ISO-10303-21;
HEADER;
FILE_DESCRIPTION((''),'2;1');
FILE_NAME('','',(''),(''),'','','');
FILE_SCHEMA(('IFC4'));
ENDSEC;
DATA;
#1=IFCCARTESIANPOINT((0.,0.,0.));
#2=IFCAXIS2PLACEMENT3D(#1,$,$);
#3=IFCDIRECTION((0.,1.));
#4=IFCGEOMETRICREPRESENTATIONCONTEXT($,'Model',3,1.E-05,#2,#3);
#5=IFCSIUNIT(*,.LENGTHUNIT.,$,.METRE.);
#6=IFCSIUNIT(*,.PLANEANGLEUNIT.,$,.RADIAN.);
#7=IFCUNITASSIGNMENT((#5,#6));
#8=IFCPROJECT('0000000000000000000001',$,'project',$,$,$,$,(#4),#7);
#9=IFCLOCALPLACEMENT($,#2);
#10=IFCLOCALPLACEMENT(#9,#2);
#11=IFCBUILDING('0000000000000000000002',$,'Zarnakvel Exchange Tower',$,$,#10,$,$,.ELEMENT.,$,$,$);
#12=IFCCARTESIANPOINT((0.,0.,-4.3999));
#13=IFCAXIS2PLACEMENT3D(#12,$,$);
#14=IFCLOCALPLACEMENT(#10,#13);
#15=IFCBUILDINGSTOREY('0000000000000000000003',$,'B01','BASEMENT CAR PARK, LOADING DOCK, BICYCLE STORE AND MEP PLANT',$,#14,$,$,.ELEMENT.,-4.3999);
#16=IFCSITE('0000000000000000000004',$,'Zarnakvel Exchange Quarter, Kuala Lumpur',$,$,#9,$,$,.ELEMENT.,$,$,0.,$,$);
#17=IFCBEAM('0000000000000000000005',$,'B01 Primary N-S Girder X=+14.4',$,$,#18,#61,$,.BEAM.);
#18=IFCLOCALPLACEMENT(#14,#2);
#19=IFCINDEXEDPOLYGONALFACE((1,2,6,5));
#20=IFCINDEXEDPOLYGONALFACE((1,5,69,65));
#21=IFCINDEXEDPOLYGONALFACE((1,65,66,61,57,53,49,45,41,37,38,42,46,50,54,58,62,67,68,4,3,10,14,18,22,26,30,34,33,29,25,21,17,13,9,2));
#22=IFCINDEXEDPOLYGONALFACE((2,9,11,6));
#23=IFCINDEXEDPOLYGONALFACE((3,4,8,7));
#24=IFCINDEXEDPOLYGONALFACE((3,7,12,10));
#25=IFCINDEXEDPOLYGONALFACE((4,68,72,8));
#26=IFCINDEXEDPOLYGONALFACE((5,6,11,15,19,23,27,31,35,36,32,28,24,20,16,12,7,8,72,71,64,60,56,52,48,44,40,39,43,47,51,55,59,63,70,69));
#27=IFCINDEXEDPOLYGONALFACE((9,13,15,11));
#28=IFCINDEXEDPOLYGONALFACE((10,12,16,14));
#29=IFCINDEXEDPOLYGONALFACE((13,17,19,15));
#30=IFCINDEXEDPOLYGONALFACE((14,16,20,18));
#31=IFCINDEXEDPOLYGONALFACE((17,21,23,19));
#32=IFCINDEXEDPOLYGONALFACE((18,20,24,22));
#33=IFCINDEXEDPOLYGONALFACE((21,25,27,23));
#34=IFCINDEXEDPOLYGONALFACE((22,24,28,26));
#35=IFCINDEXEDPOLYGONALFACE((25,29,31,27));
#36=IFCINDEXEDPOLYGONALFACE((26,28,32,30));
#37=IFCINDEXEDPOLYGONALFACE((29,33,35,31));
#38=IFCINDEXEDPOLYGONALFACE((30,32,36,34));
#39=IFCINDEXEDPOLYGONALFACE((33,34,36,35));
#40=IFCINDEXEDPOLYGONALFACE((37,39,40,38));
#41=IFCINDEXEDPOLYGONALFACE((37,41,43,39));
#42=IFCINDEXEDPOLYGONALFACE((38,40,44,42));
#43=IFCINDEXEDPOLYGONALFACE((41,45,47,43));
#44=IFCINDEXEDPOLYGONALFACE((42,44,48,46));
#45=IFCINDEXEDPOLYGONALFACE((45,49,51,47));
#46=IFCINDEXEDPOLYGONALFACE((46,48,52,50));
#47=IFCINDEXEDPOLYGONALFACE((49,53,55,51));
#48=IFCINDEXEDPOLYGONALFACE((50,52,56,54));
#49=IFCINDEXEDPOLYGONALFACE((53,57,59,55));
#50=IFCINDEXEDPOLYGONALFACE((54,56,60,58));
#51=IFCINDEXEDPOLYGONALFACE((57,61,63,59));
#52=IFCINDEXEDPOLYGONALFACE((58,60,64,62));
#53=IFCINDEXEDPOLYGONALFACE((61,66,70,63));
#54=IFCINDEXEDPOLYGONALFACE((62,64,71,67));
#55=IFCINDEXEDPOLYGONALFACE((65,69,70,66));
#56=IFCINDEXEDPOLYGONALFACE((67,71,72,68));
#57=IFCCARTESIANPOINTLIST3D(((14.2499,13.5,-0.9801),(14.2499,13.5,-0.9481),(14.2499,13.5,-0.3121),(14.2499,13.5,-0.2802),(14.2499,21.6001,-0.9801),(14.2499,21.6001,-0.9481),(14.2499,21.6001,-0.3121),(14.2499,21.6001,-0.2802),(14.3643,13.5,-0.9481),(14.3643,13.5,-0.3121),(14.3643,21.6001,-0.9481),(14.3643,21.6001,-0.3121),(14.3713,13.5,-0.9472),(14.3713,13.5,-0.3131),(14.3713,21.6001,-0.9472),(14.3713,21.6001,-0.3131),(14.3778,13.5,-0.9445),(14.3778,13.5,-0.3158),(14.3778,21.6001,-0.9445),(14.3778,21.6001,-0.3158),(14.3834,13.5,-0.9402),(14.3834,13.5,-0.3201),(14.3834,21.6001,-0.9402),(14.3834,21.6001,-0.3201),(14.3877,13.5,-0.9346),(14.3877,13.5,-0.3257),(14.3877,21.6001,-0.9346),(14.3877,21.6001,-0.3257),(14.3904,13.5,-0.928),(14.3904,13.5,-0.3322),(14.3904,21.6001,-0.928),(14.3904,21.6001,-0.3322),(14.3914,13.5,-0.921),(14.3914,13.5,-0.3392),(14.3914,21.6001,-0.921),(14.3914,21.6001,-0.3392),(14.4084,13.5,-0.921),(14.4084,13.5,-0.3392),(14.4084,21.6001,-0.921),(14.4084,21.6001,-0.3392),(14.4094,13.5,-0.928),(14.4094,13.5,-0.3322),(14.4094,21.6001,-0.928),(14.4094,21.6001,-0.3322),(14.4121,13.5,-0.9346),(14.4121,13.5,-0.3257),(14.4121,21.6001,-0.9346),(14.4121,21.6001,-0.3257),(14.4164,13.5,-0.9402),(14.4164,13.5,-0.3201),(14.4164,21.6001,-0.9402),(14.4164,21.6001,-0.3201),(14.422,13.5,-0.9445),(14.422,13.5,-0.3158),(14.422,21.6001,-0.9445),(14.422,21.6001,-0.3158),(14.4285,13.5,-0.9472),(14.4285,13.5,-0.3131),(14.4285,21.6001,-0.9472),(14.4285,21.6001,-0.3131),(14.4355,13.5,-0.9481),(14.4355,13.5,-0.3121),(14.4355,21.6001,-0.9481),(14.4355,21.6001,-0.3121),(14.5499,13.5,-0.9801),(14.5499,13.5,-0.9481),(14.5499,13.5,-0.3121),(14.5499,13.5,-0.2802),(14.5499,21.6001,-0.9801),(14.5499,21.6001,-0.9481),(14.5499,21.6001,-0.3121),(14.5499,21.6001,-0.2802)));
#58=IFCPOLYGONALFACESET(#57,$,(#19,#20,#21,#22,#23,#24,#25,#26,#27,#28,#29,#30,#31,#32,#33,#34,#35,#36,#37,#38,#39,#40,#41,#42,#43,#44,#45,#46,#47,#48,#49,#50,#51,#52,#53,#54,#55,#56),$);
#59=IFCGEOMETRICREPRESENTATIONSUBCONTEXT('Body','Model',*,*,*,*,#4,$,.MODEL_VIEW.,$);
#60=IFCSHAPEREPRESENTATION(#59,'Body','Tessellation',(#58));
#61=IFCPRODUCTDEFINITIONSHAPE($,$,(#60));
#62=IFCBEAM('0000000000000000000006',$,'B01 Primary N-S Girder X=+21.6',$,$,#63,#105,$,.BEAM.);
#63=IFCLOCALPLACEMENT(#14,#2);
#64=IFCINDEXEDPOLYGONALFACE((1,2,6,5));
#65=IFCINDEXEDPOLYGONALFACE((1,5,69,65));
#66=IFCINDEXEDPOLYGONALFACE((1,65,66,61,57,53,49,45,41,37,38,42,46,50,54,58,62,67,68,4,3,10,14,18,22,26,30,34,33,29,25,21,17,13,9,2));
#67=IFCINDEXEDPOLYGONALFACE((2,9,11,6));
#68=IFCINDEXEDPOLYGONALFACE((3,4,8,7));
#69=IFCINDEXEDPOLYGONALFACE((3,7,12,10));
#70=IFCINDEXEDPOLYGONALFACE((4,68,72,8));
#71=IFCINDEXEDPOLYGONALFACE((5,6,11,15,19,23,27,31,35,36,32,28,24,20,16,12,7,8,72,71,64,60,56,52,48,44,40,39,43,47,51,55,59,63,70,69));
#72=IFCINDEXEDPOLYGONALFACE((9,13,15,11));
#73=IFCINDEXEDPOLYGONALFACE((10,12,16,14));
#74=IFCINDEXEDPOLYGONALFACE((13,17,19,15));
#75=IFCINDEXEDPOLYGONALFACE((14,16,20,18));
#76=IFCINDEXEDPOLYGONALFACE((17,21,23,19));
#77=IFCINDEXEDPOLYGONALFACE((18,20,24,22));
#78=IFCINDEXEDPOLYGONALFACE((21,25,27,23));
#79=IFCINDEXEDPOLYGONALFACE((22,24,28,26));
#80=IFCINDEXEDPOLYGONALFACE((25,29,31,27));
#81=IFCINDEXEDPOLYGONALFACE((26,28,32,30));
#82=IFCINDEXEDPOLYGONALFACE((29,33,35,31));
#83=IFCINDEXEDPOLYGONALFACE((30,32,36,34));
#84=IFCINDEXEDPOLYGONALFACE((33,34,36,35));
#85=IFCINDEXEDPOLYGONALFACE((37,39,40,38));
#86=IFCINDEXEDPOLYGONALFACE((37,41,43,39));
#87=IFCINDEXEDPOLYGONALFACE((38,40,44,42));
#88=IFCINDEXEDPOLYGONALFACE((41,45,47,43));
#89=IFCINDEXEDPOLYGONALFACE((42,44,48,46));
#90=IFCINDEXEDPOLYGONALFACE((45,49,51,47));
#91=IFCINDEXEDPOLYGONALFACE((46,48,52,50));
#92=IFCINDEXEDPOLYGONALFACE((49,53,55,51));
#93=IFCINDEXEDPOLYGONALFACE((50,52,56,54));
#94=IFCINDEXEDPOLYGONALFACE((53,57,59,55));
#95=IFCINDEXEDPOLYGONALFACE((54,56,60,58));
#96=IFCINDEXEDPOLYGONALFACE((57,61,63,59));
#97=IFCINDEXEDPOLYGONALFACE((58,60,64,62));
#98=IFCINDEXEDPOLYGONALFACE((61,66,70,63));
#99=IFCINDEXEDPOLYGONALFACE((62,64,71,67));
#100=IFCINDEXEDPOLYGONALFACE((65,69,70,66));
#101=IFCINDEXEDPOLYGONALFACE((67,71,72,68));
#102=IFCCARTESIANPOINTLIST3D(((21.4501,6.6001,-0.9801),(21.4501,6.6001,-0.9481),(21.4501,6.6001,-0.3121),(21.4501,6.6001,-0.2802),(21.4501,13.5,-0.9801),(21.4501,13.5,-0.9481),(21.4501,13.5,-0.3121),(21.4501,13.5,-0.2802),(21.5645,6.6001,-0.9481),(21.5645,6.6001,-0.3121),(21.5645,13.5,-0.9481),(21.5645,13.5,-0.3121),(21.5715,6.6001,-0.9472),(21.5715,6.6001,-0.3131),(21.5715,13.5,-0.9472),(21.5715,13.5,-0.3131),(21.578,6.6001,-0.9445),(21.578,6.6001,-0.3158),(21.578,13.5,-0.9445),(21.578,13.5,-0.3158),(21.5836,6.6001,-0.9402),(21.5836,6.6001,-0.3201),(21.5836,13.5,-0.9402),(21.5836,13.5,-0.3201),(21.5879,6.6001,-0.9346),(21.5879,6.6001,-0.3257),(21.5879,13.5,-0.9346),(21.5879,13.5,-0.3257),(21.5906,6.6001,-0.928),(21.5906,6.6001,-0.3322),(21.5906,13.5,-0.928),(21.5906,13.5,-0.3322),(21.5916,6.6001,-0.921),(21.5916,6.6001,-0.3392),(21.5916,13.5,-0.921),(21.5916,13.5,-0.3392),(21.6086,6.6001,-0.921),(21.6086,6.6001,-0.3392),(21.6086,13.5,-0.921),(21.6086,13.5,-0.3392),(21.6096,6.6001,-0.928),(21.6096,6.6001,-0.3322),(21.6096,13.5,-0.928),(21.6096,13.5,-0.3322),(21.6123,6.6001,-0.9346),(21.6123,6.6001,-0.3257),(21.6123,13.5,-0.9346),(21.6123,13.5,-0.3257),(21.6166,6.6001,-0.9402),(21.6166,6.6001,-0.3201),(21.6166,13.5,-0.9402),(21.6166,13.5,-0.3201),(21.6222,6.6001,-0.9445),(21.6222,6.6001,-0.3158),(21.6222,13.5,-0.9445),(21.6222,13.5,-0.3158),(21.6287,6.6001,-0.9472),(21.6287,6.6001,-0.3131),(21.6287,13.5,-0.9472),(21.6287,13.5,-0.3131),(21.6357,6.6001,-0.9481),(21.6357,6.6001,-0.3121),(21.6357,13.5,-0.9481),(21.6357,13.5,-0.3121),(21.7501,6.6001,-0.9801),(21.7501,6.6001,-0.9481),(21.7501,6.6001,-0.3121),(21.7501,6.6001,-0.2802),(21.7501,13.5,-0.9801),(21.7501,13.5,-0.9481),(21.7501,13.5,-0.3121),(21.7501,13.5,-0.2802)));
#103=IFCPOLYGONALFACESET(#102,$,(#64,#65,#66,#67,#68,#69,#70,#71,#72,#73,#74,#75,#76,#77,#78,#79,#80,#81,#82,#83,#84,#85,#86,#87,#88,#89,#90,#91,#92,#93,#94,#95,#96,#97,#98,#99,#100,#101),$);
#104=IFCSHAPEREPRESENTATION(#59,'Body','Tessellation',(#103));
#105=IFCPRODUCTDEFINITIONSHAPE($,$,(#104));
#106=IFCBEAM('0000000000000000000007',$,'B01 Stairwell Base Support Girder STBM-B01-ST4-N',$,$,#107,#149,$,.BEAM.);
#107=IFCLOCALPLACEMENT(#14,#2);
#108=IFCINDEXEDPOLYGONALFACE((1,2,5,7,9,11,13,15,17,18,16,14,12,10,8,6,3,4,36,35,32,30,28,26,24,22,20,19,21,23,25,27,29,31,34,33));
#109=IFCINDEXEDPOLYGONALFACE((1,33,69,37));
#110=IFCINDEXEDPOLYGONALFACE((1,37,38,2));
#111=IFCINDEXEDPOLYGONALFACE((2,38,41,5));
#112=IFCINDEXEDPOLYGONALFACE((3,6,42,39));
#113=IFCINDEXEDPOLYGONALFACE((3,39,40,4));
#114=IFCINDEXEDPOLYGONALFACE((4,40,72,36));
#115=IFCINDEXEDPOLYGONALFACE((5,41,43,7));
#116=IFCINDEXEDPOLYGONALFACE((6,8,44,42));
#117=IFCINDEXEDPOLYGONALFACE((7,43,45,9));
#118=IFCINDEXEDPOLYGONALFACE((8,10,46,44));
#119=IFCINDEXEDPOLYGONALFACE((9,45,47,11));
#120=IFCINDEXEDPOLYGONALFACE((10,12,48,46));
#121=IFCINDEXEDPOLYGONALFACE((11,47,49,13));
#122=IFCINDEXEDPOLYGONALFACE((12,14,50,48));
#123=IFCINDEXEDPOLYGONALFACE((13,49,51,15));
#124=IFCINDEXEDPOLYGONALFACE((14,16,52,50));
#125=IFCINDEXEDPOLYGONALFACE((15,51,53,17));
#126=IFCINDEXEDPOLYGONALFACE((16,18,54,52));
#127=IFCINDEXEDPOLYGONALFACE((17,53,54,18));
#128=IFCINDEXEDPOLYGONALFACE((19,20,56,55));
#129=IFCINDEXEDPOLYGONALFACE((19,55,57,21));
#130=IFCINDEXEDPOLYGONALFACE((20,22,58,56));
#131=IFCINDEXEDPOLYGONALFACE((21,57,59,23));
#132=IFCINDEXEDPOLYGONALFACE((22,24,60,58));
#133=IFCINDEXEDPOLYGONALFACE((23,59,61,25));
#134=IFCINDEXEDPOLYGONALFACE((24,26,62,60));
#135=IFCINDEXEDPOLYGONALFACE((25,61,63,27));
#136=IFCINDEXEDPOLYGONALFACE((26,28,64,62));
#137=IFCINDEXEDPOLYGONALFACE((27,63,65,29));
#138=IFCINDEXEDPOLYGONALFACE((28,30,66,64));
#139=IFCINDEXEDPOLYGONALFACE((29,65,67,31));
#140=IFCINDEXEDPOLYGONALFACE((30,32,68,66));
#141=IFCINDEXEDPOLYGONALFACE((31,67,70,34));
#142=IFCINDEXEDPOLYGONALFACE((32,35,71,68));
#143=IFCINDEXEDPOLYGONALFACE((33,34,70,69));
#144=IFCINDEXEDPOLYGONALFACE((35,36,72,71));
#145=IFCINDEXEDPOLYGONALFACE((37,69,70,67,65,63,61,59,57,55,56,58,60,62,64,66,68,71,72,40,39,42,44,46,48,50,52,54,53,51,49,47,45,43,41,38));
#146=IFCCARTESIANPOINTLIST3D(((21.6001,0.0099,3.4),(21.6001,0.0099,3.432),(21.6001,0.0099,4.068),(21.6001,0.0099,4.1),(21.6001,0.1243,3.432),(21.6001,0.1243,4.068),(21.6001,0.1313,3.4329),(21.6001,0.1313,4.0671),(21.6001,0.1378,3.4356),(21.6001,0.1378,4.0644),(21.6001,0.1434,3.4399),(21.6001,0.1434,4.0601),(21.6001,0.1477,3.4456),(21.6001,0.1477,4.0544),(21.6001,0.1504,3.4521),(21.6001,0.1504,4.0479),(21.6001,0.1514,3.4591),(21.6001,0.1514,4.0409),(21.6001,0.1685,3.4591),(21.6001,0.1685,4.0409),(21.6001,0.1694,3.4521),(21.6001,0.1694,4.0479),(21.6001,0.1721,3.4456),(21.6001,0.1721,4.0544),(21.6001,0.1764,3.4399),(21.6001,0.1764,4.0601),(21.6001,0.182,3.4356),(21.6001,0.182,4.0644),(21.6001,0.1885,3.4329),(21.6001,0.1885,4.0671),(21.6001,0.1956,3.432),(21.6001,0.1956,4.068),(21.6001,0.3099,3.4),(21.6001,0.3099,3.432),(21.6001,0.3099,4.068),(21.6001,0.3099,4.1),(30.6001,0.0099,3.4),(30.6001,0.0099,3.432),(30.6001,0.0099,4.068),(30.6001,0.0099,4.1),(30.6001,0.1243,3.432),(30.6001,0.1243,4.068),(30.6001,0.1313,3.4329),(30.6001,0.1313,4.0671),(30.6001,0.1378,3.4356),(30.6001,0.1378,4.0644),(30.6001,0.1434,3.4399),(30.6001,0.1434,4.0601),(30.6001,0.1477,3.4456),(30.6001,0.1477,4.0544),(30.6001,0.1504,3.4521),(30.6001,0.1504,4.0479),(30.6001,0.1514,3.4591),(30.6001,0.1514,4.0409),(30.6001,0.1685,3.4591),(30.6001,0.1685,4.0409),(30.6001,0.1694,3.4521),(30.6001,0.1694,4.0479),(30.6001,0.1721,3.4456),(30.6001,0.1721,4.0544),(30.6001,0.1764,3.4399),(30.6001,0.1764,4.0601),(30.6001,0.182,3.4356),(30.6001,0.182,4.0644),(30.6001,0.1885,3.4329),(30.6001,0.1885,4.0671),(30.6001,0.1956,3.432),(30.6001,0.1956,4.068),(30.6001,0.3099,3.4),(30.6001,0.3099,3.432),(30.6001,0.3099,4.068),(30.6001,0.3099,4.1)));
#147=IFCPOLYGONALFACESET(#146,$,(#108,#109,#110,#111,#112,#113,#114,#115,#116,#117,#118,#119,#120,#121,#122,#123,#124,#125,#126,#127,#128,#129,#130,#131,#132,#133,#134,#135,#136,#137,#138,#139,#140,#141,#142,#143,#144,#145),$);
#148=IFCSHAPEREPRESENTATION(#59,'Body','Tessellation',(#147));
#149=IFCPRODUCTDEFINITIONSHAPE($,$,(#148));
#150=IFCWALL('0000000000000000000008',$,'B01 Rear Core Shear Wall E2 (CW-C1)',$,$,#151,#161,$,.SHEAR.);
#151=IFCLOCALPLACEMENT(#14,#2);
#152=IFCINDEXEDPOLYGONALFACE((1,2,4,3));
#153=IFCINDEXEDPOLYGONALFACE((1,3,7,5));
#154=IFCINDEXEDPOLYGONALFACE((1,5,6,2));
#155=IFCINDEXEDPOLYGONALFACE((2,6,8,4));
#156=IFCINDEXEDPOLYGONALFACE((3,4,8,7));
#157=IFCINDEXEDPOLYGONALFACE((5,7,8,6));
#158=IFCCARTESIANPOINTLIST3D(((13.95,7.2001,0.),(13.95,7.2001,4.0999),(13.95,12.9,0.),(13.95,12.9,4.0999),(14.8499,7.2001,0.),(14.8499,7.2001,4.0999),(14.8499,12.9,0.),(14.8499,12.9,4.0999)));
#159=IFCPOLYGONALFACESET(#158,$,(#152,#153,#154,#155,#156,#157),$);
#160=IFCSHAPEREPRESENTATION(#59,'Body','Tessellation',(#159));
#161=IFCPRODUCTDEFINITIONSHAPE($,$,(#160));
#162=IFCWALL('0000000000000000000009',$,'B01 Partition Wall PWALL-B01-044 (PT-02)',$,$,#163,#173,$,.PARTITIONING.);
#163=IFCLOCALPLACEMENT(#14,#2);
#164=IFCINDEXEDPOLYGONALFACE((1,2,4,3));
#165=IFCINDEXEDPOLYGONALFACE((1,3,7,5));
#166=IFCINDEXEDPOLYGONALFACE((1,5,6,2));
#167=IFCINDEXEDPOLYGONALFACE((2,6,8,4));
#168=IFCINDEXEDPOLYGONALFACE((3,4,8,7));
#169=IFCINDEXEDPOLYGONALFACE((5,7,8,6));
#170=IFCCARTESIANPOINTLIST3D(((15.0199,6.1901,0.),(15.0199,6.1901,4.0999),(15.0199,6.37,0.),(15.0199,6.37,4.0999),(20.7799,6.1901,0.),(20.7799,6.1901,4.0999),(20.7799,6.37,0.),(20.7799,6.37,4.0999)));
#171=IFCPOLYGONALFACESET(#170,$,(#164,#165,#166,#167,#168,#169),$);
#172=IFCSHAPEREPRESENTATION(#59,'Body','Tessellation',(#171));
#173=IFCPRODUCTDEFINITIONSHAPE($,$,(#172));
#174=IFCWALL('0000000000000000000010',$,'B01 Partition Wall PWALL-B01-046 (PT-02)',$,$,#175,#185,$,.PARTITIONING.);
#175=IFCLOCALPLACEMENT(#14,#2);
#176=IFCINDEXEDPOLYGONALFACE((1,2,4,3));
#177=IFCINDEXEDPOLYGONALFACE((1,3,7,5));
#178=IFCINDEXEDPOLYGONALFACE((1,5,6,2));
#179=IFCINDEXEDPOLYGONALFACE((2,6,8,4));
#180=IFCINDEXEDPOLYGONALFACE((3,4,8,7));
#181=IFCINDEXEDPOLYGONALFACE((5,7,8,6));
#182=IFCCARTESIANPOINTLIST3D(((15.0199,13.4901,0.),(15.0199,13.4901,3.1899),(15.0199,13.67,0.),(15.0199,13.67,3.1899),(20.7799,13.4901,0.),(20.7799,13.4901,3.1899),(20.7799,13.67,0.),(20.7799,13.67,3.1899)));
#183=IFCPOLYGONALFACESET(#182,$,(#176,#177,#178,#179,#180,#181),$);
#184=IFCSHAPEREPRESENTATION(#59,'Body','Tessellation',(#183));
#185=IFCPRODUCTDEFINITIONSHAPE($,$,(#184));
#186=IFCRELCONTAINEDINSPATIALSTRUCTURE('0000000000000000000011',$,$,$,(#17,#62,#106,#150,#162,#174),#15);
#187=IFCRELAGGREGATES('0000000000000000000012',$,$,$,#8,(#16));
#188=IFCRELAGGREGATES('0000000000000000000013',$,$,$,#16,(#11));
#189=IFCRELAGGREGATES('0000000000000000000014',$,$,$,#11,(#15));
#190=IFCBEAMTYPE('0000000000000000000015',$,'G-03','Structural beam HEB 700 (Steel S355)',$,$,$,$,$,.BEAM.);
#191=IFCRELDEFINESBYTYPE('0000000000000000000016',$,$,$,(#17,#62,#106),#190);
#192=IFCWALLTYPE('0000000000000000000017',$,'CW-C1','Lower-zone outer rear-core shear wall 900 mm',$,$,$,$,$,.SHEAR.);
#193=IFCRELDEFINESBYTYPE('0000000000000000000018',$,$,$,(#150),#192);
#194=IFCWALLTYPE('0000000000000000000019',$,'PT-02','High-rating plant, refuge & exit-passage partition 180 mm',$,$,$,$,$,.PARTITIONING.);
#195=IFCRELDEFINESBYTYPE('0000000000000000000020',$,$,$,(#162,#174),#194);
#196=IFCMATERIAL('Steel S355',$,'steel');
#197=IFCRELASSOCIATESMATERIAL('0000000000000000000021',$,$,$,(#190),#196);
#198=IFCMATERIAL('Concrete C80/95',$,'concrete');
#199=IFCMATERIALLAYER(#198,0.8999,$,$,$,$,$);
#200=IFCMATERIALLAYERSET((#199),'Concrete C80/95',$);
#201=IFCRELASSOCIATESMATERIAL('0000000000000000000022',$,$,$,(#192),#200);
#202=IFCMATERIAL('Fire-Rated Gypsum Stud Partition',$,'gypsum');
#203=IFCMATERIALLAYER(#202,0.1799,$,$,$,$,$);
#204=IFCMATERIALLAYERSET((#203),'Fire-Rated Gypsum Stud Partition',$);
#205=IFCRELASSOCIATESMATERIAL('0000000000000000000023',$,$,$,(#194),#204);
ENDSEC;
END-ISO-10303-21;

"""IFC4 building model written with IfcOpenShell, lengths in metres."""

from ifc_helpers import new_model, si_unit, direction, frame, frame_2d, origin, origin_2d, place, context, subcontext, project, spatial, rectangle, i_section, extrude, material, layer, layer_set, material_profile, profile_set, type_object, element, save


model = new_model("IFC4")

# Units and contexts
model_context = context("Model", 3, precision=1e-05, world=origin(), true_north=direction((0.0, 1.0)))
body_context = subcontext(model_context, "Body", "Model", "MODEL_VIEW")
ifc_project = project(units=[si_unit("LENGTHUNIT", "METRE"), si_unit("PLANEANGLEUNIT", "RADIAN")], contexts=[model_context])

# Site, building, storey
site_placement = place(None, origin())
site = spatial("IfcSite", under=ifc_project, at=site_placement, Name="Zarnakvel Exchange Quarter, Kuala Lumpur", CompositionType="ELEMENT", RefElevation=0.0)
building_placement = place(site_placement, origin())
building = spatial("IfcBuilding", under=site, at=building_placement, Name="Zarnakvel Exchange Tower", CompositionType="ELEMENT")
storey_placement = place(building_placement, frame((0.0, 0.0, -4.3999)))
storey = spatial("IfcBuildingStorey", under=building, at=storey_placement, Name="B01", Description="BASEMENT CAR PARK, LOADING DOCK, BICYCLE STORE AND MEP PLANT", CompositionType="ELEMENT", Elevation=-4.3999)

# Shared definitions
ifc_material_1 = material(Name="Concrete C80/95", Category="concrete")

# Beams
ifc_material_2 = material(Name="Steel S355", Category="steel")
ifc_material_profile_1 = material_profile(ifc_material_2, i_section(OverallWidth=0.3, OverallDepth=0.7, WebThickness=0.0171, FlangeThickness=0.032, FilletRadius=0.0271, at=origin_2d()))
ifc_profile_set_1 = profile_set([ifc_material_profile_1], Name="Steel S355")
beam_type_1 = type_object("IfcBeamType", Name="G-03", Description="Structural beam HEB 700 (Steel S355)", PredefinedType="BEAM", material=ifc_profile_set_1)
beam_1_placement = place(storey_placement, frame((14.3999, 13.5, -0.6301), z_axis=(0.0, 1.0, 0.0), x_axis=(-1.0, 0.0, 0.0)))
element("IfcBeam", 1, at=beam_1_placement, inside=storey, type_object=beam_type_1, Name="B01 Primary N-S Girder X=+14.4", PredefinedType="BEAM", context=body_context, shape_type="SweptSolid", body=[
    extrude(i_section(OverallWidth=0.3, OverallDepth=0.7, WebThickness=0.0171, FlangeThickness=0.032, FilletRadius=0.0271, at=origin_2d()), origin(), (0.0, 0.0, 1.0), 8.1001),
])
beam_2_placement = place(storey_placement, frame((21.6001, 6.6001, -0.6301), z_axis=(0.0, 1.0, 0.0), x_axis=(-1.0, 0.0, 0.0)))
element("IfcBeam", 2, at=beam_2_placement, inside=storey, type_object=beam_type_1, Name="B01 Primary N-S Girder X=+21.6", PredefinedType="BEAM", context=body_context, shape_type="SweptSolid", body=[
    extrude(i_section(OverallWidth=0.3, OverallDepth=0.7, WebThickness=0.0171, FlangeThickness=0.032, FilletRadius=0.0271, at=origin_2d()), origin(), (0.0, 0.0, 1.0), 6.8999),
])
beam_3_placement = place(storey_placement, frame((21.6001, 0.1599, 3.75), z_axis=(1.0, 0.0, 0.0), x_axis=(0.0, 1.0, 0.0)))
element("IfcBeam", 3, at=beam_3_placement, inside=storey, type_object=beam_type_1, Name="B01 Stairwell Base Support Girder STBM-B01-ST4-N", PredefinedType="BEAM", context=body_context, shape_type="SweptSolid", body=[
    extrude(i_section(OverallWidth=0.3, OverallDepth=0.7, WebThickness=0.0171, FlangeThickness=0.032, FilletRadius=0.0271, at=origin_2d()), origin(), (0.0, 0.0, 1.0), 9.0),
])

# Walls
ifc_layer_1 = layer(ifc_material_1, 0.8999)
ifc_layer_set_1 = layer_set([ifc_layer_1], Name="Concrete C80/95")
wall_type_1 = type_object("IfcWallType", Name="CW-C1", Description="Lower-zone outer rear-core shear wall 900 mm", PredefinedType="SHEAR", material=ifc_layer_set_1)
wall_1_placement = place(storey_placement, frame((14.3999, 7.2, 0.0), z_axis=(0.0, 0.0, 1.0), x_axis=(0.0, 1.0, 0.0)))
element("IfcWall", 4, at=wall_1_placement, inside=storey, type_object=wall_type_1, Name="B01 Rear Core Shear Wall E2 (CW-C1)", PredefinedType="SHEAR", context=body_context, shape_type="SweptSolid", body=[
    extrude(rectangle(XDim=5.7, YDim=0.8999, at=frame_2d((2.8501, 0.0))), origin(), (0.0, 0.0, 1.0), 4.0999),
])
ifc_material_3 = material(Name="Fire-Rated Gypsum Stud Partition", Category="gypsum")
ifc_layer_2 = layer(ifc_material_3, 0.1799)
ifc_layer_set_2 = layer_set([ifc_layer_2], Name="Fire-Rated Gypsum Stud Partition")
wall_type_2 = type_object("IfcWallType", Name="PT-02", Description="High-rating plant, refuge & exit-passage partition 180 mm", PredefinedType="PARTITIONING", material=ifc_layer_set_2)
wall_2_placement = place(storey_placement, frame((15.02, 6.28, 0.0), z_axis=(0.0, 0.0, 1.0), x_axis=(1.0, 0.0, 0.0)))
element("IfcWall", 5, at=wall_2_placement, inside=storey, type_object=wall_type_2, Name="B01 Partition Wall PWALL-B01-044 (PT-02)", PredefinedType="PARTITIONING", context=body_context, shape_type="SweptSolid", body=[
    extrude(rectangle(XDim=5.76, YDim=0.1799, at=frame_2d((2.8799, 0.0))), origin(), (0.0, 0.0, 1.0), 4.0999),
])
wall_3_placement = place(storey_placement, frame((15.02, 13.5801, 0.0), z_axis=(0.0, 0.0, 1.0), x_axis=(1.0, 0.0, 0.0)))
element("IfcWall", 6, at=wall_3_placement, inside=storey, type_object=wall_type_2, Name="B01 Partition Wall PWALL-B01-046 (PT-02)", PredefinedType="PARTITIONING", context=body_context, shape_type="SweptSolid", body=[
    extrude(rectangle(XDim=5.76, YDim=0.1799, at=frame_2d((2.8799, 0.0))), origin(), (0.0, 0.0, 1.0), 3.1899),
])

save(model, "model.ifc")
